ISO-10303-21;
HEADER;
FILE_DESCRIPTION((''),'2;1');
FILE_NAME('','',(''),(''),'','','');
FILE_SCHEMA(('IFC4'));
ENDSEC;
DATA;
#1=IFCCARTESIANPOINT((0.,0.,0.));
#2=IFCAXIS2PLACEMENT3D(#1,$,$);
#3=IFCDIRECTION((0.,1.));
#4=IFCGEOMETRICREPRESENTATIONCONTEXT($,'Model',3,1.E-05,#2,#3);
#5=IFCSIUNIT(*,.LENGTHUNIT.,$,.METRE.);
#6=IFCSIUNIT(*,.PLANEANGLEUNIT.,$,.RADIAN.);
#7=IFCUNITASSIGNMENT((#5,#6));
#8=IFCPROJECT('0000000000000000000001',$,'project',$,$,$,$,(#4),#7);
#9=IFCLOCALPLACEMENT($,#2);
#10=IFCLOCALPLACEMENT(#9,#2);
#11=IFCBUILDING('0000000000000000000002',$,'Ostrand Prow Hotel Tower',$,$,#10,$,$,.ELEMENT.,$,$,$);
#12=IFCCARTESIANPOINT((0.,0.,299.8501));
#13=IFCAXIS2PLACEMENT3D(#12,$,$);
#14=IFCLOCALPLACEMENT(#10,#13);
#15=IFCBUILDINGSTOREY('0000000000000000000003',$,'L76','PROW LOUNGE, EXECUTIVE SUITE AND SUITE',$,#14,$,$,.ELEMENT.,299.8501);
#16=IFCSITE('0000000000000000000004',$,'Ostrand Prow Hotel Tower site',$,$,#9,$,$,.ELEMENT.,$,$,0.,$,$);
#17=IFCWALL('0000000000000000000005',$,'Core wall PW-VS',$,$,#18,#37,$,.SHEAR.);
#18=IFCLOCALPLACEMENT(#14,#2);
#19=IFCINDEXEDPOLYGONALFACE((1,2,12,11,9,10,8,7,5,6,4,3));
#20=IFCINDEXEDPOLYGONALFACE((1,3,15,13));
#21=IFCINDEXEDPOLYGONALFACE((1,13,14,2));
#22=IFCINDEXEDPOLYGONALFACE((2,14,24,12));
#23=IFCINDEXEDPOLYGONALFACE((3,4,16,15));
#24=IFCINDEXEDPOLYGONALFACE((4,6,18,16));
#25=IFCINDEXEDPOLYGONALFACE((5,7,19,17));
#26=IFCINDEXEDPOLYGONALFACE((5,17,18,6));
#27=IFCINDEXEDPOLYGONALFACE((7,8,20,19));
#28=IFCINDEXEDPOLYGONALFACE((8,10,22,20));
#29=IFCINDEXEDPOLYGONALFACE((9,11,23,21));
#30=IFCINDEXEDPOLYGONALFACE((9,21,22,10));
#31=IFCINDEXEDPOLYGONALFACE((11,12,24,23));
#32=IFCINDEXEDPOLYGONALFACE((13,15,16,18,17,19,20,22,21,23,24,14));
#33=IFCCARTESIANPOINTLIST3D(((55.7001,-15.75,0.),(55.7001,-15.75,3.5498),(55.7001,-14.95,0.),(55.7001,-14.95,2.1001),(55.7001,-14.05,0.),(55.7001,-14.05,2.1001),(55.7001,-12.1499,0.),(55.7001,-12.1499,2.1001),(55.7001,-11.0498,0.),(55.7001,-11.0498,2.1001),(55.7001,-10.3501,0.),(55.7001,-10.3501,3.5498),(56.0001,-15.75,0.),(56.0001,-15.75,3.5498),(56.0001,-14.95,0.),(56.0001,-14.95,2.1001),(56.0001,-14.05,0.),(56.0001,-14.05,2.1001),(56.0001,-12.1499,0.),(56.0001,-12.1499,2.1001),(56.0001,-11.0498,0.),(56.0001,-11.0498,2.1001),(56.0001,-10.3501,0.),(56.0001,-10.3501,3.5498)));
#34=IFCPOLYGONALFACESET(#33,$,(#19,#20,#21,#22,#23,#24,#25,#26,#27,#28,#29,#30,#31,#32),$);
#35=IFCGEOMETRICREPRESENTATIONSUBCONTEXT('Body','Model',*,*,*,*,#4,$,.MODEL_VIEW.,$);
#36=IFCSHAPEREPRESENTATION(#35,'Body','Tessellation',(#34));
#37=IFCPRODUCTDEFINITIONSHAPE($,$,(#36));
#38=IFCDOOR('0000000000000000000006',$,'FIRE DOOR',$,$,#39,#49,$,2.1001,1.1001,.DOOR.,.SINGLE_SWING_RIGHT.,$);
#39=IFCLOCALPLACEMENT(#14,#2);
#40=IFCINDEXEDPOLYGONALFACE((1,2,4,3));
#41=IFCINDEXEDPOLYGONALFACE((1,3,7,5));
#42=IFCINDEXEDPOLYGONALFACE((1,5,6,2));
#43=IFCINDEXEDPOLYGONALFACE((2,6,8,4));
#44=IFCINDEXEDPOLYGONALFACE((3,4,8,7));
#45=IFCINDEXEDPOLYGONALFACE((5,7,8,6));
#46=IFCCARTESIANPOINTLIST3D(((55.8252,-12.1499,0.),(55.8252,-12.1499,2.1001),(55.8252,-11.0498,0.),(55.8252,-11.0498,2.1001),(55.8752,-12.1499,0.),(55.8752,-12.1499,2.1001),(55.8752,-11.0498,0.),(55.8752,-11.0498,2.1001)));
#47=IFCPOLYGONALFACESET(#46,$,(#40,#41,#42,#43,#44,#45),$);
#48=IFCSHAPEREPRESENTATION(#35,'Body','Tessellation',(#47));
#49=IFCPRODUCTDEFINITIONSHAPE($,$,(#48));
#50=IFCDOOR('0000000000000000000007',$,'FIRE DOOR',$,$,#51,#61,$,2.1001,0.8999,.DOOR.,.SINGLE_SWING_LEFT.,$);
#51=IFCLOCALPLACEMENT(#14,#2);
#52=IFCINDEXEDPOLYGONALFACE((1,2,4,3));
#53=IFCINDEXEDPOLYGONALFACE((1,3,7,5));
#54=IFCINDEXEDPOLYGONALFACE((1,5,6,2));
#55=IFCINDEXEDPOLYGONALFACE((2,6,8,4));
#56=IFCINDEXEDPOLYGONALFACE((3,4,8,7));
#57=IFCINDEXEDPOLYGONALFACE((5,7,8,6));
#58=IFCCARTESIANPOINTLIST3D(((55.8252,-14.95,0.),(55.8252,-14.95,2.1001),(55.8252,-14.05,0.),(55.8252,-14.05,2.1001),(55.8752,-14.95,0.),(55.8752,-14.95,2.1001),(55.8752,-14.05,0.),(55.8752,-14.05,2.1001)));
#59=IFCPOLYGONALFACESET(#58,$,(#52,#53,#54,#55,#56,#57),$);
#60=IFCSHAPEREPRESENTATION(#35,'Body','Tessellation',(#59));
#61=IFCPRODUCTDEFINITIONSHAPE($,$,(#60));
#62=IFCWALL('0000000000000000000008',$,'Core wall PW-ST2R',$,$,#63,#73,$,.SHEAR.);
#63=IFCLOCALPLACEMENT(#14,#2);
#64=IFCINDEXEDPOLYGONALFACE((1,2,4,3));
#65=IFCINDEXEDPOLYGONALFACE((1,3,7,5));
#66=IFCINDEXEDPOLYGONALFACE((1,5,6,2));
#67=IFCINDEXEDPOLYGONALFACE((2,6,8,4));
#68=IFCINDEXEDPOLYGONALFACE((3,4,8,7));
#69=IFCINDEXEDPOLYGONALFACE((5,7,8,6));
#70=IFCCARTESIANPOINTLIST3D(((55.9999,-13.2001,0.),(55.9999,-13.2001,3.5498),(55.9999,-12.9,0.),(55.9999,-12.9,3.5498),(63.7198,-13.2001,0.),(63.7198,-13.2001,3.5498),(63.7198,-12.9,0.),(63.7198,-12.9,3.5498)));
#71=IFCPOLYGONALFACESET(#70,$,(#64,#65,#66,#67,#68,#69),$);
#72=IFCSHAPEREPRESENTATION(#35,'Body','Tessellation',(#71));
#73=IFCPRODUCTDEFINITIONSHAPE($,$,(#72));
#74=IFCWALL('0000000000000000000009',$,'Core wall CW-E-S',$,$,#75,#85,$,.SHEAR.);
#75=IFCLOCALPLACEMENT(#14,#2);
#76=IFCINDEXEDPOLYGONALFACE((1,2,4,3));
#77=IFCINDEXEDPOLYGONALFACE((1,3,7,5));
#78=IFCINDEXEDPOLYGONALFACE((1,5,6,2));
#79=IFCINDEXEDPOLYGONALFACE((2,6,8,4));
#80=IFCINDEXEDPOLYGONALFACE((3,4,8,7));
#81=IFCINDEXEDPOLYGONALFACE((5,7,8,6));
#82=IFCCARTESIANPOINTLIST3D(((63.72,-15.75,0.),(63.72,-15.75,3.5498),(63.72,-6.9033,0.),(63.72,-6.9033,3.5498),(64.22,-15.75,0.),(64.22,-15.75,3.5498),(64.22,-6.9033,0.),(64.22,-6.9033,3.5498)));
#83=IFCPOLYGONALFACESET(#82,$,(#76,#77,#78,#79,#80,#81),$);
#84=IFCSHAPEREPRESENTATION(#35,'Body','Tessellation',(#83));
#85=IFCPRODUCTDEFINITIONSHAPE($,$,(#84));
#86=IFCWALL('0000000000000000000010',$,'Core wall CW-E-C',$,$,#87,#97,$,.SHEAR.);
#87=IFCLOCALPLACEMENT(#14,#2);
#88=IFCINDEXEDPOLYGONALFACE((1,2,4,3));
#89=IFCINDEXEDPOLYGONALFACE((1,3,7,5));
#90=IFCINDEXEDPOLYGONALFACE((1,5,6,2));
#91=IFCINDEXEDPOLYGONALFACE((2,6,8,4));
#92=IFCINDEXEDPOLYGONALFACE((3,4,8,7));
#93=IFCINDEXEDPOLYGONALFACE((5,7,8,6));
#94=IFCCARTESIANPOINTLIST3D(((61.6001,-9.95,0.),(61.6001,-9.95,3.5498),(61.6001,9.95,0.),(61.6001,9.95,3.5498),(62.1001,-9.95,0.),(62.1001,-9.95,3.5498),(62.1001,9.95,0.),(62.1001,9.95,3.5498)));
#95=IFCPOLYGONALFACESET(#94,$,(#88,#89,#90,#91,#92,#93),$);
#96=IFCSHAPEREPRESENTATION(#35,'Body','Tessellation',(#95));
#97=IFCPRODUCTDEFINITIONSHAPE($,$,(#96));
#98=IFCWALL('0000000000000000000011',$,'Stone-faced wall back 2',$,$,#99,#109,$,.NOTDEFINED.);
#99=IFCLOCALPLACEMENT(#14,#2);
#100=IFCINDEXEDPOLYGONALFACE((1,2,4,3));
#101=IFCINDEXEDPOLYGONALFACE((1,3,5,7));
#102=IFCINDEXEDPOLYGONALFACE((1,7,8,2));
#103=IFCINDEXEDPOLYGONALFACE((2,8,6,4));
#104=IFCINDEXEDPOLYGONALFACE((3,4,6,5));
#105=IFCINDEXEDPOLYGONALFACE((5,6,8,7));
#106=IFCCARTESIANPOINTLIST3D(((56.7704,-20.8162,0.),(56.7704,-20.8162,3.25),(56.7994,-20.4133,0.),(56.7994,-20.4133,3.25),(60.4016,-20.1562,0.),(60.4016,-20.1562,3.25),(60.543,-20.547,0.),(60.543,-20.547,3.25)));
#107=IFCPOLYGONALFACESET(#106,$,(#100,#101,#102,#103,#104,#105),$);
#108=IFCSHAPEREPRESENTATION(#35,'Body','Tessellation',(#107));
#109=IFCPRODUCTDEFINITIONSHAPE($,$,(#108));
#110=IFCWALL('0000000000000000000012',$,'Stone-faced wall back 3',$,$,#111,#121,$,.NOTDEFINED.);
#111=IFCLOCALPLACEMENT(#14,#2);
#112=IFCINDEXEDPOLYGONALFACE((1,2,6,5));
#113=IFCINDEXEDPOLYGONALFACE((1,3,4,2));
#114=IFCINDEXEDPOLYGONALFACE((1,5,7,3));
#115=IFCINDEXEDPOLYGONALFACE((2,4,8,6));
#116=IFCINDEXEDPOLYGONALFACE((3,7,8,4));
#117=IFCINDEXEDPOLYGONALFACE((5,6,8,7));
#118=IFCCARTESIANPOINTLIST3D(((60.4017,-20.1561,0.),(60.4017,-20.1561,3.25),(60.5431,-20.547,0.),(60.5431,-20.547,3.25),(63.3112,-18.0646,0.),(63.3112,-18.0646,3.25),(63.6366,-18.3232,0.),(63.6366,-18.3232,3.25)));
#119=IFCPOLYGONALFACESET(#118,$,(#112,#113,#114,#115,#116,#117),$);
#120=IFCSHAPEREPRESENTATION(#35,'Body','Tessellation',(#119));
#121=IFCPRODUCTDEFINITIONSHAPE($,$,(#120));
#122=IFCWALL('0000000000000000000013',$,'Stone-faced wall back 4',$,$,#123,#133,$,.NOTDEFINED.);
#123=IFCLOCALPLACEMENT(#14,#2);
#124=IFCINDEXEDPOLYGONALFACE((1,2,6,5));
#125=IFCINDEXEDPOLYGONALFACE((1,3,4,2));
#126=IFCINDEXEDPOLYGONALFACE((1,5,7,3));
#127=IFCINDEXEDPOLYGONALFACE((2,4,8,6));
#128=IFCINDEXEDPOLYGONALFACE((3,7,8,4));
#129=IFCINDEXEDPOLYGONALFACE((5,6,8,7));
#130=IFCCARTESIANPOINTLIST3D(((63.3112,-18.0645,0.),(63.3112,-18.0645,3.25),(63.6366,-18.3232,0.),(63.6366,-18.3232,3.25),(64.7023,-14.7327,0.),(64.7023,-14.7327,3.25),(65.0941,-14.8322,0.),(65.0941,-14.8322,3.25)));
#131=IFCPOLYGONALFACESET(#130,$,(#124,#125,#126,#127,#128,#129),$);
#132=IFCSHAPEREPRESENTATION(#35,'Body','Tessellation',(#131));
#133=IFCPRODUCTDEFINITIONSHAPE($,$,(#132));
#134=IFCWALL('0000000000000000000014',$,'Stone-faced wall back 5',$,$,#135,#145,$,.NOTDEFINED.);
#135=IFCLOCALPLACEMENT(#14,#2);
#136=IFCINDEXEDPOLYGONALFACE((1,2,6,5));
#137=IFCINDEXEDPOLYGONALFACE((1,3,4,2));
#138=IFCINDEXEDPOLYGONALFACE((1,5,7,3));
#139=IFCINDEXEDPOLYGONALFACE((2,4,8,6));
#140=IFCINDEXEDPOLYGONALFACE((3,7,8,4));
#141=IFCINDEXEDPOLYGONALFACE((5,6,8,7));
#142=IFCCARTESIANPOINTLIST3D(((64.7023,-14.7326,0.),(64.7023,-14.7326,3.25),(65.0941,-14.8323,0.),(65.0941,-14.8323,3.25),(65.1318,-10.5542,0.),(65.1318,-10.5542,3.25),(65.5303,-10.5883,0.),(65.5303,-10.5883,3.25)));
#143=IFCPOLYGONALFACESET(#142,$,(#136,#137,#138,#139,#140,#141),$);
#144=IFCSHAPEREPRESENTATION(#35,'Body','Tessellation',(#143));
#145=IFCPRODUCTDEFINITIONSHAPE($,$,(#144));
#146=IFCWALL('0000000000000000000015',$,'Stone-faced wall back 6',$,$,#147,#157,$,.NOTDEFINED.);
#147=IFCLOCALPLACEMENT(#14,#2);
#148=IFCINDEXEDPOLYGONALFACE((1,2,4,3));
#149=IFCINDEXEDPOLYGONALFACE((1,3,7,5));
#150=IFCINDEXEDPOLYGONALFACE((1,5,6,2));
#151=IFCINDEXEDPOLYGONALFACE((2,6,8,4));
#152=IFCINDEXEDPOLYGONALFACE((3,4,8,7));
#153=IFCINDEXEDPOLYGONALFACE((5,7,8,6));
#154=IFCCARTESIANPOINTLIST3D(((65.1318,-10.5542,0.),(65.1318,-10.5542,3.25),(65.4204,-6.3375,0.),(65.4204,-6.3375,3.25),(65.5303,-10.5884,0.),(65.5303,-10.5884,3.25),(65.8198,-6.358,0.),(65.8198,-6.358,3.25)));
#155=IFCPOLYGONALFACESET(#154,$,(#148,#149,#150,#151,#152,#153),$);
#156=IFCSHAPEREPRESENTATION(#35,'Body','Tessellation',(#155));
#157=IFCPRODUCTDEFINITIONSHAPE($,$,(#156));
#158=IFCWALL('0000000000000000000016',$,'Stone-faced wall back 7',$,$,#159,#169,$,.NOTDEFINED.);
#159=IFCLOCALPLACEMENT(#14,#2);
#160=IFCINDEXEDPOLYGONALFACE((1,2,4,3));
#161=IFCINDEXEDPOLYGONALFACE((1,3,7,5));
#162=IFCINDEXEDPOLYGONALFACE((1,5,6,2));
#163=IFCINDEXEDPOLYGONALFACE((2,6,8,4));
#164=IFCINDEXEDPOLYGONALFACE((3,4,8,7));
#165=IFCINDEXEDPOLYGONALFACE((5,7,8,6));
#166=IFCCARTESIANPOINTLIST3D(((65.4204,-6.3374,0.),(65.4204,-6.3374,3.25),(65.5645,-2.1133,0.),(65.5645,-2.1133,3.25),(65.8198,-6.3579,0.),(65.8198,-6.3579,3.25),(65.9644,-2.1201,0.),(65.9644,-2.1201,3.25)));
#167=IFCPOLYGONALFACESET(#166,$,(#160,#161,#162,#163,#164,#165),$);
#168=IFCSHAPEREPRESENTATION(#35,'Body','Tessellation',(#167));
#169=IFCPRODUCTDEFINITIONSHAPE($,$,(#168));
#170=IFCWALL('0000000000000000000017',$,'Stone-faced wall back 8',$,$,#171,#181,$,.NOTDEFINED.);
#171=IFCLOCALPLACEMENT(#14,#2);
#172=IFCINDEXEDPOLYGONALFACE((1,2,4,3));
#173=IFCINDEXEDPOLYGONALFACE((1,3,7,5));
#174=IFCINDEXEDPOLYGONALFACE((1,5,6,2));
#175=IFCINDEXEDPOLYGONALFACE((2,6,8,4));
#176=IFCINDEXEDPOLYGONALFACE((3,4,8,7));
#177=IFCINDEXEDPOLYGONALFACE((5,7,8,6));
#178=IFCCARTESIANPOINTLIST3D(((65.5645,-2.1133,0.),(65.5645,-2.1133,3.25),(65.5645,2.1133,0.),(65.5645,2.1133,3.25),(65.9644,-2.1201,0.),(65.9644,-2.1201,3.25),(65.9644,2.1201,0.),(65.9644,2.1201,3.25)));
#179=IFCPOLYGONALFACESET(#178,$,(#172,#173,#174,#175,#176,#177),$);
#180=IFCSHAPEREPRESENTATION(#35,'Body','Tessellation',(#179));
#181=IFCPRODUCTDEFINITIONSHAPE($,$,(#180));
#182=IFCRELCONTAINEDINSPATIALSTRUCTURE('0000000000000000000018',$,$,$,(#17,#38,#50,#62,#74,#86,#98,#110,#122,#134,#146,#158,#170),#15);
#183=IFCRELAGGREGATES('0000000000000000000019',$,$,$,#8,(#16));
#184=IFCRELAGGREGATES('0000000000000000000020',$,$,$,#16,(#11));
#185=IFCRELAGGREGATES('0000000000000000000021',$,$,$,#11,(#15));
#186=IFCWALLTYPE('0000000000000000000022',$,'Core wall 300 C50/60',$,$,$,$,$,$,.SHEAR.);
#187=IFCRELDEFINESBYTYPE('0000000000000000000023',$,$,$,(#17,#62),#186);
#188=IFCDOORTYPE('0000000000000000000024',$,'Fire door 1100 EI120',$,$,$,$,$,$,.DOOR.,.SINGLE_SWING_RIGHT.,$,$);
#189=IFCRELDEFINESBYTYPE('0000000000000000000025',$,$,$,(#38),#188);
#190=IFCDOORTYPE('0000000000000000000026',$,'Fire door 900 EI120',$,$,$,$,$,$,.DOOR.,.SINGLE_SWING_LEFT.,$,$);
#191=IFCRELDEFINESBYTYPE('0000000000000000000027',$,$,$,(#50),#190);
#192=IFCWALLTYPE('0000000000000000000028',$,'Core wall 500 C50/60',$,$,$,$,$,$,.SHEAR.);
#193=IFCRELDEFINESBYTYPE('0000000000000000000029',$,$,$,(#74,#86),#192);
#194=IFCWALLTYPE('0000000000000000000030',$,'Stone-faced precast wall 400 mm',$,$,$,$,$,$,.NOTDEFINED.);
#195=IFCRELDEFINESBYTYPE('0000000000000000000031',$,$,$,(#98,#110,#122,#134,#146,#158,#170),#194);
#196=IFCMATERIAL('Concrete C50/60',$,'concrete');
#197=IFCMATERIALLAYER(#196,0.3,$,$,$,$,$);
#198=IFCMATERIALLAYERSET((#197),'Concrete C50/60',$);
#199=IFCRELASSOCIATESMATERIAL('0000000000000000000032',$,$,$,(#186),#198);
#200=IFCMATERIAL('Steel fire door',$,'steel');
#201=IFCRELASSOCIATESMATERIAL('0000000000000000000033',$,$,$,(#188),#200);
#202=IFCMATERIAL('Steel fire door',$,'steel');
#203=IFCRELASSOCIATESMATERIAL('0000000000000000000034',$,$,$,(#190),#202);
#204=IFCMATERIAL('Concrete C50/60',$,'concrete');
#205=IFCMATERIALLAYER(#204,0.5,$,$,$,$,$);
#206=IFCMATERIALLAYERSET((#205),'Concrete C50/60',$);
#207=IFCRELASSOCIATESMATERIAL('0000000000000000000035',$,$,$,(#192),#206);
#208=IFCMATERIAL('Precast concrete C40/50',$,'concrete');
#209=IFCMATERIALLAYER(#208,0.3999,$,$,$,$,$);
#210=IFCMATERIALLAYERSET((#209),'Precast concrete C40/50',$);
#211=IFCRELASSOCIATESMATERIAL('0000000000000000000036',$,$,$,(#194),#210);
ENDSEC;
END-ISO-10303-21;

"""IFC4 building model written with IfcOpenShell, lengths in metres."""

from ifc_helpers import new_model, si_unit, direction, frame, frame_2d, origin, place, context, subcontext, project, spatial, polyline, rectangle, outline, extrude, material, layer, layer_set, type_object, element, fill, save


model = new_model("IFC4")

# Units and contexts
model_context = context("Model", 3, precision=1e-05, world=origin(), true_north=direction((0.0, 1.0)))
body_context = subcontext(model_context, "Body", "Model", "MODEL_VIEW")
ifc_project = project(units=[si_unit("LENGTHUNIT", "METRE"), si_unit("PLANEANGLEUNIT", "RADIAN")], contexts=[model_context])

# Site, building, storey
site_placement = place(None, origin())
site = spatial("IfcSite", under=ifc_project, at=site_placement, Name="Ostrand Prow Hotel Tower site", CompositionType="ELEMENT", RefElevation=0.0)
building_placement = place(site_placement, origin())
building = spatial("IfcBuilding", under=site, at=building_placement, Name="Ostrand Prow Hotel Tower", CompositionType="ELEMENT")
storey_placement = place(building_placement, frame((0.0, 0.0, 299.8501)))
storey = spatial("IfcBuildingStorey", under=building, at=storey_placement, Name="L76", Description="PROW LOUNGE, EXECUTIVE SUITE AND SUITE", CompositionType="ELEMENT", Elevation=299.8501)

# Shared definitions
ifc_material_1 = material(Name="Concrete C50/60", Category="concrete")
ifc_layer_1 = layer(ifc_material_1, 0.3)
ifc_layer_set_1 = layer_set([ifc_layer_1], Name="Concrete C50/60")
wall_type_1 = type_object("IfcWallType", Name="Core wall 300 C50/60", PredefinedType="SHEAR", material=ifc_layer_set_1)

# Wall, openings, doors
wall_1_placement = place(storey_placement, frame((55.8501, -15.75, 0.0), z_axis=(0.0, 0.0, 1.0), x_axis=(0.0, 1.0, 0.0)))
wall_1 = element("IfcWall", 1, at=wall_1_placement, inside=storey, type_object=wall_type_1, Name="Core wall PW-VS", PredefinedType="SHEAR", context=body_context, shape_type="SweptSolid", body=[
    extrude(rectangle(XDim=5.3999, YDim=0.3, at=frame_2d((2.7, 0.0))), origin(), (0.0, 0.0, 1.0), 3.5498),
])
opening_1_placement = place(wall_1_placement, frame((3.6001, 0.0, 0.0)))
opening_1 = element("IfcOpeningElement", 2, at=opening_1_placement, cuts=wall_1, PredefinedType="OPENING", context=body_context, shape_type="SweptSolid", body=[
    extrude(rectangle(XDim=1.1001, YDim=2.1001, at=frame_2d((0.55, 1.05))), frame((0.0, 0.1599, 0.0), z_axis=(0.0, -1.0, 0.0), x_axis=(1.0, 0.0, 0.0)), (0.0, 0.0, 1.0), 0.3201),
])
opening_2_placement = place(wall_1_placement, frame((0.8, 0.0, 0.0)))
opening_2 = element("IfcOpeningElement", 3, at=opening_2_placement, cuts=wall_1, PredefinedType="OPENING", context=body_context, shape_type="SweptSolid", body=[
    extrude(rectangle(XDim=0.8999, YDim=2.1001, at=frame_2d((0.45, 1.05))), frame((0.0, 0.1599, 0.0), z_axis=(0.0, -1.0, 0.0), x_axis=(1.0, 0.0, 0.0)), (0.0, 0.0, 1.0), 0.3201),
])
ifc_material_2 = material(Name="Steel fire door", Category="steel")
door_type_1 = type_object("IfcDoorType", Name="Fire door 1100 EI120", OperationType="SINGLE_SWING_RIGHT", PredefinedType="DOOR", material=ifc_material_2)
door_1_placement = place(opening_1_placement, origin())
door_1 = element("IfcDoor", 4, at=door_1_placement, inside=storey, type_object=door_type_1, Name="FIRE DOOR", OperationType="SINGLE_SWING_RIGHT", OverallHeight=2.1001, OverallWidth=1.1001, PredefinedType="DOOR", context=body_context, shape_type="SweptSolid", body=[
    extrude(rectangle(XDim=1.1001, YDim=2.1001, at=frame_2d((0.55, 1.05))), frame((0.0, 0.0249, 0.0), z_axis=(0.0, -1.0, 0.0), x_axis=(1.0, 0.0, 0.0)), (0.0, 0.0, 1.0), 0.05),
])
fill(opening_1, door_1)
ifc_material_3 = material(Name="Steel fire door", Category="steel")
door_type_2 = type_object("IfcDoorType", Name="Fire door 900 EI120", OperationType="SINGLE_SWING_LEFT", PredefinedType="DOOR", material=ifc_material_3)
door_2_placement = place(opening_2_placement, origin())
door_2 = element("IfcDoor", 5, at=door_2_placement, inside=storey, type_object=door_type_2, Name="FIRE DOOR", OperationType="SINGLE_SWING_LEFT", OverallHeight=2.1001, OverallWidth=0.8999, PredefinedType="DOOR", context=body_context, shape_type="SweptSolid", body=[
    extrude(rectangle(XDim=0.8999, YDim=2.1001, at=frame_2d((0.45, 1.05))), frame((0.0, 0.0249, 0.0), z_axis=(0.0, -1.0, 0.0), x_axis=(1.0, 0.0, 0.0)), (0.0, 0.0, 1.0), 0.05),
])
fill(opening_2, door_2)

# Walls
wall_2_placement = place(storey_placement, frame((56.0, -13.05, 0.0), z_axis=(0.0, 0.0, 1.0), x_axis=(1.0, 0.0, 0.0)))
element("IfcWall", 6, at=wall_2_placement, inside=storey, type_object=wall_type_1, Name="Core wall PW-ST2R", PredefinedType="SHEAR", context=body_context, shape_type="SweptSolid", body=[
    extrude(rectangle(XDim=7.72, YDim=0.3, at=frame_2d((3.8599, 0.0))), origin(), (0.0, 0.0, 1.0), 3.5498),
])
ifc_material_4 = material(Name="Concrete C50/60", Category="concrete")
ifc_layer_2 = layer(ifc_material_4, 0.5)
ifc_layer_set_2 = layer_set([ifc_layer_2], Name="Concrete C50/60")
wall_type_2 = type_object("IfcWallType", Name="Core wall 500 C50/60", PredefinedType="SHEAR", material=ifc_layer_set_2)
wall_3_placement = place(storey_placement, frame((63.97, -15.75, 0.0), z_axis=(0.0, 0.0, 1.0), x_axis=(0.0, 1.0, 0.0)))
element("IfcWall", 7, at=wall_3_placement, inside=storey, type_object=wall_type_2, Name="Core wall CW-E-S", PredefinedType="SHEAR", context=body_context, shape_type="SweptSolid", body=[
    extrude(rectangle(XDim=8.8467, YDim=0.5, at=frame_2d((4.4233, 0.0))), origin(), (0.0, 0.0, 1.0), 3.5498),
])
wall_4_placement = place(storey_placement, frame((61.8501, -9.95, 0.0), z_axis=(0.0, 0.0, 1.0), x_axis=(0.0, 1.0, 0.0)))
element("IfcWall", 8, at=wall_4_placement, inside=storey, type_object=wall_type_2, Name="Core wall CW-E-C", PredefinedType="SHEAR", context=body_context, shape_type="SweptSolid", body=[
    extrude(rectangle(XDim=19.8999, YDim=0.5, at=frame_2d((9.95, 0.0))), origin(), (0.0, 0.0, 1.0), 3.5498),
])
ifc_material_5 = material(Name="Precast concrete C40/50", Category="concrete")
ifc_layer_3 = layer(ifc_material_5, 0.3999)
ifc_layer_set_3 = layer_set([ifc_layer_3], Name="Precast concrete C40/50")
wall_type_3 = type_object("IfcWallType", Name="Stone-faced precast wall 400 mm", PredefinedType="NOTDEFINED", material=ifc_layer_set_3)
wall_5_placement = place(storey_placement, frame((56.7849, -20.6147, 0.0), z_axis=(0.0, 0.0, 1.0), x_axis=(0.997463, 0.071191, 0.0)))
element("IfcWall", 9, at=wall_5_placement, inside=storey, type_object=wall_type_3, Name="Stone-faced wall back 2", PredefinedType="NOTDEFINED", context=body_context, shape_type="SweptSolid", body=[
    extrude(outline(polyline([(-0.0288, -0.2), (3.7534, -0.2), (3.6401, 0.2), (0.0288, 0.2), (-0.0288, -0.2)])), origin(), (0.0, 0.0, 1.0), 3.25),
])
wall_6_placement = place(storey_placement, frame((60.4724, -20.3516, 0.0), z_axis=(0.0, 0.0, 1.0), x_axis=(0.811963, 0.58371, 0.0)))
element("IfcWall", 10, at=wall_6_placement, inside=storey, type_object=wall_type_3, Name="Stone-faced wall back 3", PredefinedType="NOTDEFINED", context=body_context, shape_type="SweptSolid", body=[
    extrude(outline(polyline([(-0.0566, -0.2), (3.7532, -0.2), (3.6399, 0.2), (0.0566, 0.2), (-0.0566, -0.2)])), origin(), (0.0, 0.0, 1.0), 3.25),
])
wall_7_placement = place(storey_placement, frame((63.4739, -18.1938, 0.0), z_axis=(0.0, 0.0, 1.0), x_axis=(0.385286, 0.922797, 0.0)))
element("IfcWall", 11, at=wall_7_placement, inside=storey, type_object=wall_type_3, Name="Stone-faced wall back 4", PredefinedType="NOTDEFINED", context=body_context, shape_type="SweptSolid", body=[
    extrude(outline(polyline([(-0.0566, -0.2), (3.7263, -0.2), (3.6672, 0.2), (0.0566, 0.2), (-0.0566, -0.2)])), origin(), (0.0, 0.0, 1.0), 3.25),
])
wall_8_placement = place(storey_placement, frame((64.8982, -14.7825, 0.0), z_axis=(0.0, 0.0, 1.0), x_axis=(0.10225, 0.994759, 0.0)))
element("IfcWall", 12, at=wall_8_placement, inside=storey, type_object=wall_type_3, Name="Stone-faced wall back 5", PredefinedType="NOTDEFINED", context=body_context, shape_type="SweptSolid", body=[
    extrude(outline(polyline([(-0.0295, -0.2), (4.2368, -0.2), (4.23, 0.2), (0.0295, 0.2), (-0.0295, -0.2)])), origin(), (0.0, 0.0, 1.0), 3.25),
])
for number, where, z_axis, x_axis, name in (
    (13, (65.3311, -10.5713, 0.0), (0.0, 0.0, 1.0), (0.06828, 0.997666, 0.0), "Stone-faced wall back 6"),
    (14, (65.6201, -6.3477, 0.0), (0.0, 0.0, 1.0), (0.034083, 0.999419, 0.0), "Stone-faced wall back 7"),
    (15, (65.7644, -2.1167, 0.0), (0.0, 0.0, 1.0), (0.0, 1.0, 0.0), "Stone-faced wall back 8"),
):
    element("IfcWall", number, at=place(storey_placement, frame(where, z_axis=z_axis, x_axis=x_axis)), inside=storey, type_object=wall_type_3, Name=name, PredefinedType="NOTDEFINED", context=body_context, shape_type="SweptSolid", body=[
        extrude(outline(polyline([(-0.0034, -0.2), (4.2368, -0.2), (4.23, 0.2), (0.0034, 0.2), (-0.0034, -0.2)])), origin(), (0.0, 0.0, 1.0), 3.25),
    ])

save(model, "model.ifc")
